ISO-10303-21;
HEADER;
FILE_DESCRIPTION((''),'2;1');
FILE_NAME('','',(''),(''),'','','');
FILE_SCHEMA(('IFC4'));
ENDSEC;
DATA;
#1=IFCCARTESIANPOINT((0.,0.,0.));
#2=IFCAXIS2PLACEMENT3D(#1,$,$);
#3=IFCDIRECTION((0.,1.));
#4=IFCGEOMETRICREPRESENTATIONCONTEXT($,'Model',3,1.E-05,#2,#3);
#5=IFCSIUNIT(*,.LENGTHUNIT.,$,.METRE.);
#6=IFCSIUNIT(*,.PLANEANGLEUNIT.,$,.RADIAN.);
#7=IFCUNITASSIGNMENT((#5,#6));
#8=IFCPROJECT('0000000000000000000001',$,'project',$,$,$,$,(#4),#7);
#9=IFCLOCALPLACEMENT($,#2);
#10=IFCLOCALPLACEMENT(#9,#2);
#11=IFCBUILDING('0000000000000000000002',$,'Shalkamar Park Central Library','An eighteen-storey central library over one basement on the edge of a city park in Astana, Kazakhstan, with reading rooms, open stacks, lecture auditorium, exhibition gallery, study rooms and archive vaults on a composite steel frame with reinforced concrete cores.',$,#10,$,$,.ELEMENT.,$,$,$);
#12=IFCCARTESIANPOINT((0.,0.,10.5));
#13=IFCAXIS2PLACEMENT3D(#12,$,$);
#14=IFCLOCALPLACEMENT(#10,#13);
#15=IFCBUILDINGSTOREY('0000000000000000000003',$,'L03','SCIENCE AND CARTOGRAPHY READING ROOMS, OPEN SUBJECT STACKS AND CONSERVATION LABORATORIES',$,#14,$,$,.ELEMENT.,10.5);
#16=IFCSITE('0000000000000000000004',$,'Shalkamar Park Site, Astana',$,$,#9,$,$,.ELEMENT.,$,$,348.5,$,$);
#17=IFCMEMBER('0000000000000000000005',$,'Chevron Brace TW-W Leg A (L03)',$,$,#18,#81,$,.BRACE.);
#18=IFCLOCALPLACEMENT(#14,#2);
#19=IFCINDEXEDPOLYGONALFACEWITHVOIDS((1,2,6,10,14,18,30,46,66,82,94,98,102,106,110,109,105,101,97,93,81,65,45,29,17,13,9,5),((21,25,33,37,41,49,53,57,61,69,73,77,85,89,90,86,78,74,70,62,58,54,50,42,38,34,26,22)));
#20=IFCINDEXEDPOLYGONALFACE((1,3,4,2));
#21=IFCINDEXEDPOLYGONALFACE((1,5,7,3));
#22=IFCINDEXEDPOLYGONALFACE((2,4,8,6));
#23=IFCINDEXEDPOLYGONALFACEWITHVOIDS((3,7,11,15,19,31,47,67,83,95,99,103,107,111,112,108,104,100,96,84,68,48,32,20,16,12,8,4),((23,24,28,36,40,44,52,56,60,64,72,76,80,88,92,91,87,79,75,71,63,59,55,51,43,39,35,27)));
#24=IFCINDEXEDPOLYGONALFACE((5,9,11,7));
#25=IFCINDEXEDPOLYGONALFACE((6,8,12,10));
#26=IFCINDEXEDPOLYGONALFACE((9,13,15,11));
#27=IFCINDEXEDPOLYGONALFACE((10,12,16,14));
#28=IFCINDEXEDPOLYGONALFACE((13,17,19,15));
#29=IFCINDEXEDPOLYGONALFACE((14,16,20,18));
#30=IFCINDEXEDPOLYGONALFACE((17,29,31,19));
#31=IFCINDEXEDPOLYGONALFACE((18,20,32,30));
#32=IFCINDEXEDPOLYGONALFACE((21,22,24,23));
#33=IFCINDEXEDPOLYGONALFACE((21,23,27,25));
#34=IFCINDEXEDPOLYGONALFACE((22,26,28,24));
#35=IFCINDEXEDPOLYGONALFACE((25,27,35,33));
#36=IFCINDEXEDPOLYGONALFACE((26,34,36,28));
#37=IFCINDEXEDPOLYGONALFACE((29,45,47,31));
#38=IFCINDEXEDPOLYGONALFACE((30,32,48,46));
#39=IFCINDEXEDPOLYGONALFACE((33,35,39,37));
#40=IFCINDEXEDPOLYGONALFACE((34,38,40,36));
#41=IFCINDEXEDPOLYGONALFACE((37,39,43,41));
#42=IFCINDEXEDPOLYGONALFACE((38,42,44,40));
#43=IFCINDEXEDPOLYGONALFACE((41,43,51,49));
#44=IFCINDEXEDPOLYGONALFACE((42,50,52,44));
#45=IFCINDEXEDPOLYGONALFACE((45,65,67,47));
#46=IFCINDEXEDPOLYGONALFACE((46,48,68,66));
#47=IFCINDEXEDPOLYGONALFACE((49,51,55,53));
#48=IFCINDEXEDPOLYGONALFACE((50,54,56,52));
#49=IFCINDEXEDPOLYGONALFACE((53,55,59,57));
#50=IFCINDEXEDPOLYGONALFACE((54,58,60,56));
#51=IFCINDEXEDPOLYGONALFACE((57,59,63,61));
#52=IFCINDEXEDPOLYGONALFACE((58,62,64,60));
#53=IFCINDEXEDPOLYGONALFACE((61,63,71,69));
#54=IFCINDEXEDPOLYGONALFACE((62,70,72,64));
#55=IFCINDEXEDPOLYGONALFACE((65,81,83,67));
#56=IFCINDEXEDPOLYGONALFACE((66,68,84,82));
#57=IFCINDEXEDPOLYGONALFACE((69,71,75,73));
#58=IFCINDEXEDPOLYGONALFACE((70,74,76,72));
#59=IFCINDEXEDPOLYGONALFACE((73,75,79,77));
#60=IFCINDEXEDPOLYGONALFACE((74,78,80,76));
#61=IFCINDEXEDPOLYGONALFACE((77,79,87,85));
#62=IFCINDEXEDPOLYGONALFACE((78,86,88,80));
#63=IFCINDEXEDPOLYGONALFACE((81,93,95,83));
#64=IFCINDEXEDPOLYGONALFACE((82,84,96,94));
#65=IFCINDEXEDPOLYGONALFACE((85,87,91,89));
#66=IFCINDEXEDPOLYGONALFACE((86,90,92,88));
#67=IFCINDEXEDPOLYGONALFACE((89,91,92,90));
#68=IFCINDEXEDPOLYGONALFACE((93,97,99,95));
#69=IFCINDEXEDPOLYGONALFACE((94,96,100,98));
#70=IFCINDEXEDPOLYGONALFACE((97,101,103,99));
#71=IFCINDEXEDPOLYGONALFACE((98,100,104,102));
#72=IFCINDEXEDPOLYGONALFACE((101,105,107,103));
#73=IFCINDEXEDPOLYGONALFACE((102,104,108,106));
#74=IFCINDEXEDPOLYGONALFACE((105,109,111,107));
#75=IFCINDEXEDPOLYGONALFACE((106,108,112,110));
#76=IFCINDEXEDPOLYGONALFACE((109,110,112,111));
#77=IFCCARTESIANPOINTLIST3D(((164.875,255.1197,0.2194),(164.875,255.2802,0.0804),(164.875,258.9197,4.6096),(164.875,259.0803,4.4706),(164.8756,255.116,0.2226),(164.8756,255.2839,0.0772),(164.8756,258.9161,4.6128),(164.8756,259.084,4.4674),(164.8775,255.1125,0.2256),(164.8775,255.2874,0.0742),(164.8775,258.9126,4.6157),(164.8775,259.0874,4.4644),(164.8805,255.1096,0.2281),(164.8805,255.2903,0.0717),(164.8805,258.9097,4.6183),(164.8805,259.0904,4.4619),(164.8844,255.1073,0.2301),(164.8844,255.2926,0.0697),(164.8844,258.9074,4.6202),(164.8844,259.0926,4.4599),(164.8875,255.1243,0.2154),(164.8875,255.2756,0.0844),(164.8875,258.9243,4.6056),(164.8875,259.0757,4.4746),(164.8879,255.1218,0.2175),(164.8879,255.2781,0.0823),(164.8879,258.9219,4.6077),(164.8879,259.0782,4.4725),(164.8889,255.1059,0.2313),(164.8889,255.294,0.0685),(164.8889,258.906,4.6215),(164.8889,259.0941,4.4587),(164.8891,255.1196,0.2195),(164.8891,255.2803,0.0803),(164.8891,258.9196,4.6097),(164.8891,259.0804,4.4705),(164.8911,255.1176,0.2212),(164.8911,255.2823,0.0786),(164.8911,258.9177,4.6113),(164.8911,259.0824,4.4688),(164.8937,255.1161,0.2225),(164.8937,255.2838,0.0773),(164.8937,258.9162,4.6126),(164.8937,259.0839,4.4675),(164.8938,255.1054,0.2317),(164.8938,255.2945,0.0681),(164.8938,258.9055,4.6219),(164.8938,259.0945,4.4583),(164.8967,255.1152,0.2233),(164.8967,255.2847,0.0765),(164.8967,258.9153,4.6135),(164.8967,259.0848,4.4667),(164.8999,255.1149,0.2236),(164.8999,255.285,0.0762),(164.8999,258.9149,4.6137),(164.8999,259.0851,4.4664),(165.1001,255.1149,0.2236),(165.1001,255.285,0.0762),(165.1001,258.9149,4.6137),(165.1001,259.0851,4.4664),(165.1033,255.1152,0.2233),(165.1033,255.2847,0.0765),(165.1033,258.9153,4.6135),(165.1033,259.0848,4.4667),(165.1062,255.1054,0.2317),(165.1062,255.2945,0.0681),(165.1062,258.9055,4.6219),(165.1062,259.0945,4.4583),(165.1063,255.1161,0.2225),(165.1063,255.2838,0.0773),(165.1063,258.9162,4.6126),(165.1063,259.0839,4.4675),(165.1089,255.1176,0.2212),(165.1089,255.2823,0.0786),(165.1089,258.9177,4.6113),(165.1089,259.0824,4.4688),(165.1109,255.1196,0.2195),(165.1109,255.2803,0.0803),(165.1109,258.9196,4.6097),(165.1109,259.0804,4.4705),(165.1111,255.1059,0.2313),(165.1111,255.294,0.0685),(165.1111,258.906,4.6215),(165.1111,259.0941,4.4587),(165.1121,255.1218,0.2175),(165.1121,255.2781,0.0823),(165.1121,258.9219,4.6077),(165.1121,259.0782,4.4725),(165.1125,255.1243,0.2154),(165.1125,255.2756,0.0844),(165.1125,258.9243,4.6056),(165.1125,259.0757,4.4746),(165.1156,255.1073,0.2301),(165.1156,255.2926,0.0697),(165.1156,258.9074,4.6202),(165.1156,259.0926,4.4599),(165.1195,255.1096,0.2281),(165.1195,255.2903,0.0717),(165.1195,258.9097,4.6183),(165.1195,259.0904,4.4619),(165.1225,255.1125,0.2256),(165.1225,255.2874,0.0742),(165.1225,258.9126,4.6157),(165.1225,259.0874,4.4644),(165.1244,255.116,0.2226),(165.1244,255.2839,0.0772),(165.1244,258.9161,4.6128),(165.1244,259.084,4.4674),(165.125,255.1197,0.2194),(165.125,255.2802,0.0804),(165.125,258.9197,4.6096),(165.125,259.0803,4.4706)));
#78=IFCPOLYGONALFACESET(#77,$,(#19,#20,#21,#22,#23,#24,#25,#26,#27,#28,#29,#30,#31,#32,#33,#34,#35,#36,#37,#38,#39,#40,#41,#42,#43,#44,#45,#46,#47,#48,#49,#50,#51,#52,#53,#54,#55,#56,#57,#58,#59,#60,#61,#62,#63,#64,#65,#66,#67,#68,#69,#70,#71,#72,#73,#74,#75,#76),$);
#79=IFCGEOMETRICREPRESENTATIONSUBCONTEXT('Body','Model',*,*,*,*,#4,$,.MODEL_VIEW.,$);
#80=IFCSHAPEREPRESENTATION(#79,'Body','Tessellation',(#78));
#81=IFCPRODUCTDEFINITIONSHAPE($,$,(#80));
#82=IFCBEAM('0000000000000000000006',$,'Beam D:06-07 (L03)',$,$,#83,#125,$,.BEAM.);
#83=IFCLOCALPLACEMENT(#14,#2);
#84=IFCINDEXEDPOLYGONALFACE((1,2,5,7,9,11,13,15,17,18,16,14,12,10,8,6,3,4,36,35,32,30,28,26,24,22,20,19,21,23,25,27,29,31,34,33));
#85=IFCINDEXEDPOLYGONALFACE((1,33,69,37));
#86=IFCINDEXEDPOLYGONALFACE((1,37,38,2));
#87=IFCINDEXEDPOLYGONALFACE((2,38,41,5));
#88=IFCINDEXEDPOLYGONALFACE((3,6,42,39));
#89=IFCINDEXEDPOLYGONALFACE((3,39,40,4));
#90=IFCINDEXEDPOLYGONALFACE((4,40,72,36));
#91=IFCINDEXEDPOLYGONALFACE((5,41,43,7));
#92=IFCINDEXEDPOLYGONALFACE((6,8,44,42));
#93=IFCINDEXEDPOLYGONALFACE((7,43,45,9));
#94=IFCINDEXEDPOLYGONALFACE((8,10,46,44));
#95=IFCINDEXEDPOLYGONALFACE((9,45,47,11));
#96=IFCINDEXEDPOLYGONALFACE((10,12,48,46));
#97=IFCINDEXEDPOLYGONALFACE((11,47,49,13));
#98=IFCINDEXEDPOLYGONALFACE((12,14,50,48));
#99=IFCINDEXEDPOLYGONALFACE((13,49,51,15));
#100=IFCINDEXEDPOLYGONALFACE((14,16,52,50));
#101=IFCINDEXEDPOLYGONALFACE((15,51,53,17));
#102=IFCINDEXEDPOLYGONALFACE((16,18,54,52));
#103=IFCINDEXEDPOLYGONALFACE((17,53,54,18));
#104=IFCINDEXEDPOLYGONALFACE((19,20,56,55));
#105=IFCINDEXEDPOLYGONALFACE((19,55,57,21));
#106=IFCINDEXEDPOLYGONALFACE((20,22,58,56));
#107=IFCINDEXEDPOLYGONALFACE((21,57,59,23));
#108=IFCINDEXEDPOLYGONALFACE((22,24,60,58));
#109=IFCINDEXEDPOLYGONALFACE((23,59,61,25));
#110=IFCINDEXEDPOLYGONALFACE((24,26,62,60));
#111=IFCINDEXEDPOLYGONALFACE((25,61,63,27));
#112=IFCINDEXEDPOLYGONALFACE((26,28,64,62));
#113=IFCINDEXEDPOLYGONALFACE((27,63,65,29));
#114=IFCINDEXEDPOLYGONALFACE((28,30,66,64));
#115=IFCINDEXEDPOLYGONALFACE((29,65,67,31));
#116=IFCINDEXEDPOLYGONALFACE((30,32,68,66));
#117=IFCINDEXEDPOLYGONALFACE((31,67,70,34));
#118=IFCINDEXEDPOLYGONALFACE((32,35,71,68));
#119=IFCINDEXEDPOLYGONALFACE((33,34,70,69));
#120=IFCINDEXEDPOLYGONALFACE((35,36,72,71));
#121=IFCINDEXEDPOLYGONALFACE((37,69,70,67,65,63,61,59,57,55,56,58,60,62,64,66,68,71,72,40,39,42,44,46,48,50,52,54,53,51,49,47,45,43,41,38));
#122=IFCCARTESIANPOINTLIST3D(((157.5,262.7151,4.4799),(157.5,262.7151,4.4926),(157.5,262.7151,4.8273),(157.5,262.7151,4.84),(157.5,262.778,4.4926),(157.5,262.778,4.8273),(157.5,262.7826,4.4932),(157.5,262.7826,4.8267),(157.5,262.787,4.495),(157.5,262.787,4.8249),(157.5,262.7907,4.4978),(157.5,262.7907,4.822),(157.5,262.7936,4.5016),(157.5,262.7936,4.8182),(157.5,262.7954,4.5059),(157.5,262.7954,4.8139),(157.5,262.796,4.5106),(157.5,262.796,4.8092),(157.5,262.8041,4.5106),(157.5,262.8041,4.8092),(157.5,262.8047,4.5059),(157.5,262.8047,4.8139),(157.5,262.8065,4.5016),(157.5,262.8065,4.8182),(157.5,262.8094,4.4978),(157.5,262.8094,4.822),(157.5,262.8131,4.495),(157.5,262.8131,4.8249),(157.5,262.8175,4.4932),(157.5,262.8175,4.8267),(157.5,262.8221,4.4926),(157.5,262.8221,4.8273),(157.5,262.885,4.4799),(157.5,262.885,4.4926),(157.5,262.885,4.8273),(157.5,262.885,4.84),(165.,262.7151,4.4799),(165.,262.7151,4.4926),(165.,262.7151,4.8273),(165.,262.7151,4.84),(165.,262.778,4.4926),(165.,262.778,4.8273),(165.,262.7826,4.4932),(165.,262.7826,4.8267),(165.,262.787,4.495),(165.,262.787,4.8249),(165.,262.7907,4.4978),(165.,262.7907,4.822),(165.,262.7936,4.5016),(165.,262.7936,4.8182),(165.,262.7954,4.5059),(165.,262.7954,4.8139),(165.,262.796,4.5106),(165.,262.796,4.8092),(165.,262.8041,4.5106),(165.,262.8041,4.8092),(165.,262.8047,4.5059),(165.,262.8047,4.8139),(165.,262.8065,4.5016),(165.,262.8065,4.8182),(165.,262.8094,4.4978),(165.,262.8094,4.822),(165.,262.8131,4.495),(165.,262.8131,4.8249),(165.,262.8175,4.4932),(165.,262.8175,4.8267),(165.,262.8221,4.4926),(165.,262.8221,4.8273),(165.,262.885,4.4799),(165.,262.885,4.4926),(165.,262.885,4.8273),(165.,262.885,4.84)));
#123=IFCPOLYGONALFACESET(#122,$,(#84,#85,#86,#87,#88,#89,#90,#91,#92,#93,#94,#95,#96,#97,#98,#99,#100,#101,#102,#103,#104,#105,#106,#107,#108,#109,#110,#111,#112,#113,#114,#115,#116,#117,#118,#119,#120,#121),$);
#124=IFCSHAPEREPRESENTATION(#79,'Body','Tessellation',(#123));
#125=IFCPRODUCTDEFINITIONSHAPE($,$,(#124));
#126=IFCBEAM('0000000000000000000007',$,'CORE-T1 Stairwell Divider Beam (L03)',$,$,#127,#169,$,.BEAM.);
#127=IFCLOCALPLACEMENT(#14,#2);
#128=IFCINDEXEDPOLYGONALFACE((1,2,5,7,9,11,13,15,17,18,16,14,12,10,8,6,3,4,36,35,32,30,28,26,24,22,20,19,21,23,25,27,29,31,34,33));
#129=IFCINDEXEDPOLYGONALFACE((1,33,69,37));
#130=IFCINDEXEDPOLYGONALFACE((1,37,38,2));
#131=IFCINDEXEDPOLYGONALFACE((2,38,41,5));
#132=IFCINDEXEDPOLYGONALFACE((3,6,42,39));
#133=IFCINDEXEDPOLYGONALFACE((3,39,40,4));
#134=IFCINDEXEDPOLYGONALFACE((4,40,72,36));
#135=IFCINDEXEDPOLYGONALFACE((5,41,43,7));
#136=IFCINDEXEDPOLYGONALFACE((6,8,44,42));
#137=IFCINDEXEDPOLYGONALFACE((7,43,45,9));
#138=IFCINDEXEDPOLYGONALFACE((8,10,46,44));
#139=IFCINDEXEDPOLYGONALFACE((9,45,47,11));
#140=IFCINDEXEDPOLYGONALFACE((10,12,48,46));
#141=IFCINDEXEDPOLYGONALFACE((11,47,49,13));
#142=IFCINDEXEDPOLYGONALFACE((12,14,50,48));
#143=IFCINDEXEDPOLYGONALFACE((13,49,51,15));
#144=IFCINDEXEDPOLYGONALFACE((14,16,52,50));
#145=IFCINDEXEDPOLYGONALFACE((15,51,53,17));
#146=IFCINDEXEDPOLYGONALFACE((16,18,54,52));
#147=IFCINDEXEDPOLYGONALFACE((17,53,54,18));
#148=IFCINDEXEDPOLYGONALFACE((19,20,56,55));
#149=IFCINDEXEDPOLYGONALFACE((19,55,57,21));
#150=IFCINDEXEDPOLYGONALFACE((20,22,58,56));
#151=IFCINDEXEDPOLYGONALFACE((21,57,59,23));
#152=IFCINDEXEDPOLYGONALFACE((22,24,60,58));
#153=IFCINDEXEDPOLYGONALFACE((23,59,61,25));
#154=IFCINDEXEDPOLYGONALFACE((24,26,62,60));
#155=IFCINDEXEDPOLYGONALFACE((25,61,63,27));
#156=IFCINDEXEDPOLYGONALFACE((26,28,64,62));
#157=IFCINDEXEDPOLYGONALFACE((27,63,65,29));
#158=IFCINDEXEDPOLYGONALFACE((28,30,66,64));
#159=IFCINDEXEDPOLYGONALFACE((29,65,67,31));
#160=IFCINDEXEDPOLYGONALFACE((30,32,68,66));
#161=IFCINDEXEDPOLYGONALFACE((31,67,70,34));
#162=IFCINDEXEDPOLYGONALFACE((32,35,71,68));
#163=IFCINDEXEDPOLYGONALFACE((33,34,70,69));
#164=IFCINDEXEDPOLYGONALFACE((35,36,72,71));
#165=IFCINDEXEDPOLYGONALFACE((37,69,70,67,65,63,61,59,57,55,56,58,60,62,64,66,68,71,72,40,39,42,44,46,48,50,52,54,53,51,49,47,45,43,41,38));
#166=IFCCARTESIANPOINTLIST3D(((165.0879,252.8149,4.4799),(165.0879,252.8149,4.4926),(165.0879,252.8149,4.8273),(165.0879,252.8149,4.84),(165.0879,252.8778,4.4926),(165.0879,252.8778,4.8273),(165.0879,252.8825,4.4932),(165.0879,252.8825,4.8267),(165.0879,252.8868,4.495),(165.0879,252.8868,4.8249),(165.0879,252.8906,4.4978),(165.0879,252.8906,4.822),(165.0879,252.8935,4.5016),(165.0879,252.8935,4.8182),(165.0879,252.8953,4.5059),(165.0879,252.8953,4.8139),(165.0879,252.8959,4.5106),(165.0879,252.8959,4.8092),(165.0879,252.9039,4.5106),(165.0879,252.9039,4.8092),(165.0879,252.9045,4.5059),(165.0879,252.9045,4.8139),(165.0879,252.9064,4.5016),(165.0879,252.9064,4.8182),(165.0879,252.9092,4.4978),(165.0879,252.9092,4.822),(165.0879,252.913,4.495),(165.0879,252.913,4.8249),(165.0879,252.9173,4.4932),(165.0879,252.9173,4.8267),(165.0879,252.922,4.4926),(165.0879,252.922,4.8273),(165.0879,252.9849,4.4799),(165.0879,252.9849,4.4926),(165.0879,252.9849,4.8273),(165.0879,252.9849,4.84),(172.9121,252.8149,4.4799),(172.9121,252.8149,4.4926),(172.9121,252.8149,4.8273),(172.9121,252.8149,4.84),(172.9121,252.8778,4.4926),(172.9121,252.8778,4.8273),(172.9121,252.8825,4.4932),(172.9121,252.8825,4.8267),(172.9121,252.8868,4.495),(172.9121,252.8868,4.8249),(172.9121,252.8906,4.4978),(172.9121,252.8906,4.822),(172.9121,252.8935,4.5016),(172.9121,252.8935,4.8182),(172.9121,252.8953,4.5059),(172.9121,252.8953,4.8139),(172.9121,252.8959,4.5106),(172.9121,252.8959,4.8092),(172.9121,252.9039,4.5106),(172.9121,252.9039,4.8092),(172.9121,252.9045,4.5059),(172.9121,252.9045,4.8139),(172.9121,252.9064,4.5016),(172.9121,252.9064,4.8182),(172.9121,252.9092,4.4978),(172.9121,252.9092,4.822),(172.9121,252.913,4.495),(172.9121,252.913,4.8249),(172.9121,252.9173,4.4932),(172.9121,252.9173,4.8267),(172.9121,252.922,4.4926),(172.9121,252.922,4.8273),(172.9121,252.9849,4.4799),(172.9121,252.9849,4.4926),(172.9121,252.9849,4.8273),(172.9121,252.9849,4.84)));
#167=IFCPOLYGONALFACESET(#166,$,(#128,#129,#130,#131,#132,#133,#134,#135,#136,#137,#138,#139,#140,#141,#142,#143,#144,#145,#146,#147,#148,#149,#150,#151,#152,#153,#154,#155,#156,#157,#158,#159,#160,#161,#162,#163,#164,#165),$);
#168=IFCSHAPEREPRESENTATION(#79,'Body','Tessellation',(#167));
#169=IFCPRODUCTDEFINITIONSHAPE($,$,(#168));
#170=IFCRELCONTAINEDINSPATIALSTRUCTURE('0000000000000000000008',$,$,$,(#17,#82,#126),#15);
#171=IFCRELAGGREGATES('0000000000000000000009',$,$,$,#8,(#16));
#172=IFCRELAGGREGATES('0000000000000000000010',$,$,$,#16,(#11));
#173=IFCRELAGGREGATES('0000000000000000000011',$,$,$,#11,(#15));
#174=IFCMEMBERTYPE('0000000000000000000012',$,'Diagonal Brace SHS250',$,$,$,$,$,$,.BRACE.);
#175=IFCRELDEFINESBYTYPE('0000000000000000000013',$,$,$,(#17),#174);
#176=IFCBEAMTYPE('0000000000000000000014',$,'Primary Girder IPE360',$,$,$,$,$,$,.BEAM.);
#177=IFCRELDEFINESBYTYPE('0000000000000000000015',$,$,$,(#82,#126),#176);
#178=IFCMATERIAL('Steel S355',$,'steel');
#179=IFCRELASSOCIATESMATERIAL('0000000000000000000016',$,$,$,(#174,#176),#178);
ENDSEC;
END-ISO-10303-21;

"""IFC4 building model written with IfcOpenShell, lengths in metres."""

from ifc_helpers import new_model, si_unit, direction, frame, origin, origin_2d, place, context, subcontext, project, spatial, hollow_rectangle, i_section, extrude, material, material_profile, profile_set, type_object, element, save


model = new_model("IFC4")

# Units and contexts
model_context = context("Model", 3, precision=1e-05, world=origin(), true_north=direction((0.0, 1.0)))
body_context = subcontext(model_context, "Body", "Model", "MODEL_VIEW")
ifc_project = project(units=[si_unit("LENGTHUNIT", "METRE"), si_unit("PLANEANGLEUNIT", "RADIAN")], contexts=[model_context])

# Site, building, storey
site_placement = place(None, origin())
site = spatial("IfcSite", under=ifc_project, at=site_placement, Name="Shalkamar Park Site, Astana", CompositionType="ELEMENT", RefElevation=348.5)
building_placement = place(site_placement, origin())
building = spatial("IfcBuilding", under=site, at=building_placement, Name="Shalkamar Park Central Library", Description="An eighteen-storey central library over one basement on the edge of a city park in Astana, Kazakhstan, with reading rooms, open stacks, lecture auditorium, exhibition gallery, study rooms and archive vaults on a composite steel frame with reinforced concrete cores.", CompositionType="ELEMENT")
storey_placement = place(building_placement, frame((0.0, 0.0, 10.5)))
storey = spatial("IfcBuildingStorey", under=building, at=storey_placement, Name="L03", Description="SCIENCE AND CARTOGRAPHY READING ROOMS, OPEN SUBJECT STACKS AND CONSERVATION LABORATORIES", CompositionType="ELEMENT", Elevation=10.5)

# Shared definitions
ifc_material_1 = material(Name="Steel S355", Category="steel")

# Member
ifc_material_profile_1 = material_profile(ifc_material_1, hollow_rectangle(XDim=0.25, YDim=0.25, WallThickness=0.0125, InnerFilletRadius=0.0125, OuterFilletRadius=0.0188, at=origin_2d()), Name="SHS 250x250x12.5")
ifc_profile_set_1 = profile_set([ifc_material_profile_1], Name="Steel S355")
member_type = type_object("IfcMemberType", Name="Diagonal Brace SHS250", PredefinedType="BRACE", material=ifc_profile_set_1)
member_placement = place(storey_placement, frame((165.0, 255.2, 0.1499), z_axis=(0.0, 0.654465, 0.756093), x_axis=(-1.0, 0.0, 0.0)))
element("IfcMember", 1, at=member_placement, inside=storey, type_object=member_type, Name="Chevron Brace TW-W Leg A (L03)", PredefinedType="BRACE", context=body_context, shape_type="SweptSolid", body=[
    extrude(hollow_rectangle(XDim=0.25, YDim=0.25, WallThickness=0.0125, InnerFilletRadius=0.0125, OuterFilletRadius=0.0188, at=origin_2d()), origin(), (0.0, 0.0, 1.0), 5.8064),
])

# Beams
ifc_material_profile_2 = material_profile(ifc_material_1, i_section(OverallWidth=0.1699, OverallDepth=0.3601, WebThickness=0.0081, FlangeThickness=0.0127, FilletRadius=0.0181, at=origin_2d()), Name="IPE 360")
ifc_profile_set_2 = profile_set([ifc_material_profile_2], Name="Steel S355")
beam_type_1 = type_object("IfcBeamType", Name="Primary Girder IPE360", PredefinedType="BEAM", material=ifc_profile_set_2)
beam_1_placement = place(storey_placement, frame((157.5, 262.8, 4.6599), z_axis=(1.0, 0.0, 0.0), x_axis=(0.0, 1.0, 0.0)))
element("IfcBeam", 2, at=beam_1_placement, inside=storey, type_object=beam_type_1, Name="Beam D:06-07 (L03)", PredefinedType="BEAM", context=body_context, shape_type="SweptSolid", body=[
    extrude(i_section(OverallWidth=0.1699, OverallDepth=0.3601, WebThickness=0.0081, FlangeThickness=0.0127, FilletRadius=0.0181, at=origin_2d()), origin(), (0.0, 0.0, 1.0), 7.5),
])
beam_2_placement = place(storey_placement, frame((165.0879, 252.8999, 4.6599), z_axis=(1.0, 0.0, 0.0), x_axis=(0.0, 1.0, 0.0)))
element("IfcBeam", 3, at=beam_2_placement, inside=storey, type_object=beam_type_1, Name="CORE-T1 Stairwell Divider Beam (L03)", PredefinedType="BEAM", context=body_context, shape_type="SweptSolid", body=[
    extrude(i_section(OverallWidth=0.1699, OverallDepth=0.3601, WebThickness=0.0081, FlangeThickness=0.0127, FilletRadius=0.0181, at=origin_2d()), origin(), (0.0, 0.0, 1.0), 7.8242),
])

save(model, "model.ifc")
